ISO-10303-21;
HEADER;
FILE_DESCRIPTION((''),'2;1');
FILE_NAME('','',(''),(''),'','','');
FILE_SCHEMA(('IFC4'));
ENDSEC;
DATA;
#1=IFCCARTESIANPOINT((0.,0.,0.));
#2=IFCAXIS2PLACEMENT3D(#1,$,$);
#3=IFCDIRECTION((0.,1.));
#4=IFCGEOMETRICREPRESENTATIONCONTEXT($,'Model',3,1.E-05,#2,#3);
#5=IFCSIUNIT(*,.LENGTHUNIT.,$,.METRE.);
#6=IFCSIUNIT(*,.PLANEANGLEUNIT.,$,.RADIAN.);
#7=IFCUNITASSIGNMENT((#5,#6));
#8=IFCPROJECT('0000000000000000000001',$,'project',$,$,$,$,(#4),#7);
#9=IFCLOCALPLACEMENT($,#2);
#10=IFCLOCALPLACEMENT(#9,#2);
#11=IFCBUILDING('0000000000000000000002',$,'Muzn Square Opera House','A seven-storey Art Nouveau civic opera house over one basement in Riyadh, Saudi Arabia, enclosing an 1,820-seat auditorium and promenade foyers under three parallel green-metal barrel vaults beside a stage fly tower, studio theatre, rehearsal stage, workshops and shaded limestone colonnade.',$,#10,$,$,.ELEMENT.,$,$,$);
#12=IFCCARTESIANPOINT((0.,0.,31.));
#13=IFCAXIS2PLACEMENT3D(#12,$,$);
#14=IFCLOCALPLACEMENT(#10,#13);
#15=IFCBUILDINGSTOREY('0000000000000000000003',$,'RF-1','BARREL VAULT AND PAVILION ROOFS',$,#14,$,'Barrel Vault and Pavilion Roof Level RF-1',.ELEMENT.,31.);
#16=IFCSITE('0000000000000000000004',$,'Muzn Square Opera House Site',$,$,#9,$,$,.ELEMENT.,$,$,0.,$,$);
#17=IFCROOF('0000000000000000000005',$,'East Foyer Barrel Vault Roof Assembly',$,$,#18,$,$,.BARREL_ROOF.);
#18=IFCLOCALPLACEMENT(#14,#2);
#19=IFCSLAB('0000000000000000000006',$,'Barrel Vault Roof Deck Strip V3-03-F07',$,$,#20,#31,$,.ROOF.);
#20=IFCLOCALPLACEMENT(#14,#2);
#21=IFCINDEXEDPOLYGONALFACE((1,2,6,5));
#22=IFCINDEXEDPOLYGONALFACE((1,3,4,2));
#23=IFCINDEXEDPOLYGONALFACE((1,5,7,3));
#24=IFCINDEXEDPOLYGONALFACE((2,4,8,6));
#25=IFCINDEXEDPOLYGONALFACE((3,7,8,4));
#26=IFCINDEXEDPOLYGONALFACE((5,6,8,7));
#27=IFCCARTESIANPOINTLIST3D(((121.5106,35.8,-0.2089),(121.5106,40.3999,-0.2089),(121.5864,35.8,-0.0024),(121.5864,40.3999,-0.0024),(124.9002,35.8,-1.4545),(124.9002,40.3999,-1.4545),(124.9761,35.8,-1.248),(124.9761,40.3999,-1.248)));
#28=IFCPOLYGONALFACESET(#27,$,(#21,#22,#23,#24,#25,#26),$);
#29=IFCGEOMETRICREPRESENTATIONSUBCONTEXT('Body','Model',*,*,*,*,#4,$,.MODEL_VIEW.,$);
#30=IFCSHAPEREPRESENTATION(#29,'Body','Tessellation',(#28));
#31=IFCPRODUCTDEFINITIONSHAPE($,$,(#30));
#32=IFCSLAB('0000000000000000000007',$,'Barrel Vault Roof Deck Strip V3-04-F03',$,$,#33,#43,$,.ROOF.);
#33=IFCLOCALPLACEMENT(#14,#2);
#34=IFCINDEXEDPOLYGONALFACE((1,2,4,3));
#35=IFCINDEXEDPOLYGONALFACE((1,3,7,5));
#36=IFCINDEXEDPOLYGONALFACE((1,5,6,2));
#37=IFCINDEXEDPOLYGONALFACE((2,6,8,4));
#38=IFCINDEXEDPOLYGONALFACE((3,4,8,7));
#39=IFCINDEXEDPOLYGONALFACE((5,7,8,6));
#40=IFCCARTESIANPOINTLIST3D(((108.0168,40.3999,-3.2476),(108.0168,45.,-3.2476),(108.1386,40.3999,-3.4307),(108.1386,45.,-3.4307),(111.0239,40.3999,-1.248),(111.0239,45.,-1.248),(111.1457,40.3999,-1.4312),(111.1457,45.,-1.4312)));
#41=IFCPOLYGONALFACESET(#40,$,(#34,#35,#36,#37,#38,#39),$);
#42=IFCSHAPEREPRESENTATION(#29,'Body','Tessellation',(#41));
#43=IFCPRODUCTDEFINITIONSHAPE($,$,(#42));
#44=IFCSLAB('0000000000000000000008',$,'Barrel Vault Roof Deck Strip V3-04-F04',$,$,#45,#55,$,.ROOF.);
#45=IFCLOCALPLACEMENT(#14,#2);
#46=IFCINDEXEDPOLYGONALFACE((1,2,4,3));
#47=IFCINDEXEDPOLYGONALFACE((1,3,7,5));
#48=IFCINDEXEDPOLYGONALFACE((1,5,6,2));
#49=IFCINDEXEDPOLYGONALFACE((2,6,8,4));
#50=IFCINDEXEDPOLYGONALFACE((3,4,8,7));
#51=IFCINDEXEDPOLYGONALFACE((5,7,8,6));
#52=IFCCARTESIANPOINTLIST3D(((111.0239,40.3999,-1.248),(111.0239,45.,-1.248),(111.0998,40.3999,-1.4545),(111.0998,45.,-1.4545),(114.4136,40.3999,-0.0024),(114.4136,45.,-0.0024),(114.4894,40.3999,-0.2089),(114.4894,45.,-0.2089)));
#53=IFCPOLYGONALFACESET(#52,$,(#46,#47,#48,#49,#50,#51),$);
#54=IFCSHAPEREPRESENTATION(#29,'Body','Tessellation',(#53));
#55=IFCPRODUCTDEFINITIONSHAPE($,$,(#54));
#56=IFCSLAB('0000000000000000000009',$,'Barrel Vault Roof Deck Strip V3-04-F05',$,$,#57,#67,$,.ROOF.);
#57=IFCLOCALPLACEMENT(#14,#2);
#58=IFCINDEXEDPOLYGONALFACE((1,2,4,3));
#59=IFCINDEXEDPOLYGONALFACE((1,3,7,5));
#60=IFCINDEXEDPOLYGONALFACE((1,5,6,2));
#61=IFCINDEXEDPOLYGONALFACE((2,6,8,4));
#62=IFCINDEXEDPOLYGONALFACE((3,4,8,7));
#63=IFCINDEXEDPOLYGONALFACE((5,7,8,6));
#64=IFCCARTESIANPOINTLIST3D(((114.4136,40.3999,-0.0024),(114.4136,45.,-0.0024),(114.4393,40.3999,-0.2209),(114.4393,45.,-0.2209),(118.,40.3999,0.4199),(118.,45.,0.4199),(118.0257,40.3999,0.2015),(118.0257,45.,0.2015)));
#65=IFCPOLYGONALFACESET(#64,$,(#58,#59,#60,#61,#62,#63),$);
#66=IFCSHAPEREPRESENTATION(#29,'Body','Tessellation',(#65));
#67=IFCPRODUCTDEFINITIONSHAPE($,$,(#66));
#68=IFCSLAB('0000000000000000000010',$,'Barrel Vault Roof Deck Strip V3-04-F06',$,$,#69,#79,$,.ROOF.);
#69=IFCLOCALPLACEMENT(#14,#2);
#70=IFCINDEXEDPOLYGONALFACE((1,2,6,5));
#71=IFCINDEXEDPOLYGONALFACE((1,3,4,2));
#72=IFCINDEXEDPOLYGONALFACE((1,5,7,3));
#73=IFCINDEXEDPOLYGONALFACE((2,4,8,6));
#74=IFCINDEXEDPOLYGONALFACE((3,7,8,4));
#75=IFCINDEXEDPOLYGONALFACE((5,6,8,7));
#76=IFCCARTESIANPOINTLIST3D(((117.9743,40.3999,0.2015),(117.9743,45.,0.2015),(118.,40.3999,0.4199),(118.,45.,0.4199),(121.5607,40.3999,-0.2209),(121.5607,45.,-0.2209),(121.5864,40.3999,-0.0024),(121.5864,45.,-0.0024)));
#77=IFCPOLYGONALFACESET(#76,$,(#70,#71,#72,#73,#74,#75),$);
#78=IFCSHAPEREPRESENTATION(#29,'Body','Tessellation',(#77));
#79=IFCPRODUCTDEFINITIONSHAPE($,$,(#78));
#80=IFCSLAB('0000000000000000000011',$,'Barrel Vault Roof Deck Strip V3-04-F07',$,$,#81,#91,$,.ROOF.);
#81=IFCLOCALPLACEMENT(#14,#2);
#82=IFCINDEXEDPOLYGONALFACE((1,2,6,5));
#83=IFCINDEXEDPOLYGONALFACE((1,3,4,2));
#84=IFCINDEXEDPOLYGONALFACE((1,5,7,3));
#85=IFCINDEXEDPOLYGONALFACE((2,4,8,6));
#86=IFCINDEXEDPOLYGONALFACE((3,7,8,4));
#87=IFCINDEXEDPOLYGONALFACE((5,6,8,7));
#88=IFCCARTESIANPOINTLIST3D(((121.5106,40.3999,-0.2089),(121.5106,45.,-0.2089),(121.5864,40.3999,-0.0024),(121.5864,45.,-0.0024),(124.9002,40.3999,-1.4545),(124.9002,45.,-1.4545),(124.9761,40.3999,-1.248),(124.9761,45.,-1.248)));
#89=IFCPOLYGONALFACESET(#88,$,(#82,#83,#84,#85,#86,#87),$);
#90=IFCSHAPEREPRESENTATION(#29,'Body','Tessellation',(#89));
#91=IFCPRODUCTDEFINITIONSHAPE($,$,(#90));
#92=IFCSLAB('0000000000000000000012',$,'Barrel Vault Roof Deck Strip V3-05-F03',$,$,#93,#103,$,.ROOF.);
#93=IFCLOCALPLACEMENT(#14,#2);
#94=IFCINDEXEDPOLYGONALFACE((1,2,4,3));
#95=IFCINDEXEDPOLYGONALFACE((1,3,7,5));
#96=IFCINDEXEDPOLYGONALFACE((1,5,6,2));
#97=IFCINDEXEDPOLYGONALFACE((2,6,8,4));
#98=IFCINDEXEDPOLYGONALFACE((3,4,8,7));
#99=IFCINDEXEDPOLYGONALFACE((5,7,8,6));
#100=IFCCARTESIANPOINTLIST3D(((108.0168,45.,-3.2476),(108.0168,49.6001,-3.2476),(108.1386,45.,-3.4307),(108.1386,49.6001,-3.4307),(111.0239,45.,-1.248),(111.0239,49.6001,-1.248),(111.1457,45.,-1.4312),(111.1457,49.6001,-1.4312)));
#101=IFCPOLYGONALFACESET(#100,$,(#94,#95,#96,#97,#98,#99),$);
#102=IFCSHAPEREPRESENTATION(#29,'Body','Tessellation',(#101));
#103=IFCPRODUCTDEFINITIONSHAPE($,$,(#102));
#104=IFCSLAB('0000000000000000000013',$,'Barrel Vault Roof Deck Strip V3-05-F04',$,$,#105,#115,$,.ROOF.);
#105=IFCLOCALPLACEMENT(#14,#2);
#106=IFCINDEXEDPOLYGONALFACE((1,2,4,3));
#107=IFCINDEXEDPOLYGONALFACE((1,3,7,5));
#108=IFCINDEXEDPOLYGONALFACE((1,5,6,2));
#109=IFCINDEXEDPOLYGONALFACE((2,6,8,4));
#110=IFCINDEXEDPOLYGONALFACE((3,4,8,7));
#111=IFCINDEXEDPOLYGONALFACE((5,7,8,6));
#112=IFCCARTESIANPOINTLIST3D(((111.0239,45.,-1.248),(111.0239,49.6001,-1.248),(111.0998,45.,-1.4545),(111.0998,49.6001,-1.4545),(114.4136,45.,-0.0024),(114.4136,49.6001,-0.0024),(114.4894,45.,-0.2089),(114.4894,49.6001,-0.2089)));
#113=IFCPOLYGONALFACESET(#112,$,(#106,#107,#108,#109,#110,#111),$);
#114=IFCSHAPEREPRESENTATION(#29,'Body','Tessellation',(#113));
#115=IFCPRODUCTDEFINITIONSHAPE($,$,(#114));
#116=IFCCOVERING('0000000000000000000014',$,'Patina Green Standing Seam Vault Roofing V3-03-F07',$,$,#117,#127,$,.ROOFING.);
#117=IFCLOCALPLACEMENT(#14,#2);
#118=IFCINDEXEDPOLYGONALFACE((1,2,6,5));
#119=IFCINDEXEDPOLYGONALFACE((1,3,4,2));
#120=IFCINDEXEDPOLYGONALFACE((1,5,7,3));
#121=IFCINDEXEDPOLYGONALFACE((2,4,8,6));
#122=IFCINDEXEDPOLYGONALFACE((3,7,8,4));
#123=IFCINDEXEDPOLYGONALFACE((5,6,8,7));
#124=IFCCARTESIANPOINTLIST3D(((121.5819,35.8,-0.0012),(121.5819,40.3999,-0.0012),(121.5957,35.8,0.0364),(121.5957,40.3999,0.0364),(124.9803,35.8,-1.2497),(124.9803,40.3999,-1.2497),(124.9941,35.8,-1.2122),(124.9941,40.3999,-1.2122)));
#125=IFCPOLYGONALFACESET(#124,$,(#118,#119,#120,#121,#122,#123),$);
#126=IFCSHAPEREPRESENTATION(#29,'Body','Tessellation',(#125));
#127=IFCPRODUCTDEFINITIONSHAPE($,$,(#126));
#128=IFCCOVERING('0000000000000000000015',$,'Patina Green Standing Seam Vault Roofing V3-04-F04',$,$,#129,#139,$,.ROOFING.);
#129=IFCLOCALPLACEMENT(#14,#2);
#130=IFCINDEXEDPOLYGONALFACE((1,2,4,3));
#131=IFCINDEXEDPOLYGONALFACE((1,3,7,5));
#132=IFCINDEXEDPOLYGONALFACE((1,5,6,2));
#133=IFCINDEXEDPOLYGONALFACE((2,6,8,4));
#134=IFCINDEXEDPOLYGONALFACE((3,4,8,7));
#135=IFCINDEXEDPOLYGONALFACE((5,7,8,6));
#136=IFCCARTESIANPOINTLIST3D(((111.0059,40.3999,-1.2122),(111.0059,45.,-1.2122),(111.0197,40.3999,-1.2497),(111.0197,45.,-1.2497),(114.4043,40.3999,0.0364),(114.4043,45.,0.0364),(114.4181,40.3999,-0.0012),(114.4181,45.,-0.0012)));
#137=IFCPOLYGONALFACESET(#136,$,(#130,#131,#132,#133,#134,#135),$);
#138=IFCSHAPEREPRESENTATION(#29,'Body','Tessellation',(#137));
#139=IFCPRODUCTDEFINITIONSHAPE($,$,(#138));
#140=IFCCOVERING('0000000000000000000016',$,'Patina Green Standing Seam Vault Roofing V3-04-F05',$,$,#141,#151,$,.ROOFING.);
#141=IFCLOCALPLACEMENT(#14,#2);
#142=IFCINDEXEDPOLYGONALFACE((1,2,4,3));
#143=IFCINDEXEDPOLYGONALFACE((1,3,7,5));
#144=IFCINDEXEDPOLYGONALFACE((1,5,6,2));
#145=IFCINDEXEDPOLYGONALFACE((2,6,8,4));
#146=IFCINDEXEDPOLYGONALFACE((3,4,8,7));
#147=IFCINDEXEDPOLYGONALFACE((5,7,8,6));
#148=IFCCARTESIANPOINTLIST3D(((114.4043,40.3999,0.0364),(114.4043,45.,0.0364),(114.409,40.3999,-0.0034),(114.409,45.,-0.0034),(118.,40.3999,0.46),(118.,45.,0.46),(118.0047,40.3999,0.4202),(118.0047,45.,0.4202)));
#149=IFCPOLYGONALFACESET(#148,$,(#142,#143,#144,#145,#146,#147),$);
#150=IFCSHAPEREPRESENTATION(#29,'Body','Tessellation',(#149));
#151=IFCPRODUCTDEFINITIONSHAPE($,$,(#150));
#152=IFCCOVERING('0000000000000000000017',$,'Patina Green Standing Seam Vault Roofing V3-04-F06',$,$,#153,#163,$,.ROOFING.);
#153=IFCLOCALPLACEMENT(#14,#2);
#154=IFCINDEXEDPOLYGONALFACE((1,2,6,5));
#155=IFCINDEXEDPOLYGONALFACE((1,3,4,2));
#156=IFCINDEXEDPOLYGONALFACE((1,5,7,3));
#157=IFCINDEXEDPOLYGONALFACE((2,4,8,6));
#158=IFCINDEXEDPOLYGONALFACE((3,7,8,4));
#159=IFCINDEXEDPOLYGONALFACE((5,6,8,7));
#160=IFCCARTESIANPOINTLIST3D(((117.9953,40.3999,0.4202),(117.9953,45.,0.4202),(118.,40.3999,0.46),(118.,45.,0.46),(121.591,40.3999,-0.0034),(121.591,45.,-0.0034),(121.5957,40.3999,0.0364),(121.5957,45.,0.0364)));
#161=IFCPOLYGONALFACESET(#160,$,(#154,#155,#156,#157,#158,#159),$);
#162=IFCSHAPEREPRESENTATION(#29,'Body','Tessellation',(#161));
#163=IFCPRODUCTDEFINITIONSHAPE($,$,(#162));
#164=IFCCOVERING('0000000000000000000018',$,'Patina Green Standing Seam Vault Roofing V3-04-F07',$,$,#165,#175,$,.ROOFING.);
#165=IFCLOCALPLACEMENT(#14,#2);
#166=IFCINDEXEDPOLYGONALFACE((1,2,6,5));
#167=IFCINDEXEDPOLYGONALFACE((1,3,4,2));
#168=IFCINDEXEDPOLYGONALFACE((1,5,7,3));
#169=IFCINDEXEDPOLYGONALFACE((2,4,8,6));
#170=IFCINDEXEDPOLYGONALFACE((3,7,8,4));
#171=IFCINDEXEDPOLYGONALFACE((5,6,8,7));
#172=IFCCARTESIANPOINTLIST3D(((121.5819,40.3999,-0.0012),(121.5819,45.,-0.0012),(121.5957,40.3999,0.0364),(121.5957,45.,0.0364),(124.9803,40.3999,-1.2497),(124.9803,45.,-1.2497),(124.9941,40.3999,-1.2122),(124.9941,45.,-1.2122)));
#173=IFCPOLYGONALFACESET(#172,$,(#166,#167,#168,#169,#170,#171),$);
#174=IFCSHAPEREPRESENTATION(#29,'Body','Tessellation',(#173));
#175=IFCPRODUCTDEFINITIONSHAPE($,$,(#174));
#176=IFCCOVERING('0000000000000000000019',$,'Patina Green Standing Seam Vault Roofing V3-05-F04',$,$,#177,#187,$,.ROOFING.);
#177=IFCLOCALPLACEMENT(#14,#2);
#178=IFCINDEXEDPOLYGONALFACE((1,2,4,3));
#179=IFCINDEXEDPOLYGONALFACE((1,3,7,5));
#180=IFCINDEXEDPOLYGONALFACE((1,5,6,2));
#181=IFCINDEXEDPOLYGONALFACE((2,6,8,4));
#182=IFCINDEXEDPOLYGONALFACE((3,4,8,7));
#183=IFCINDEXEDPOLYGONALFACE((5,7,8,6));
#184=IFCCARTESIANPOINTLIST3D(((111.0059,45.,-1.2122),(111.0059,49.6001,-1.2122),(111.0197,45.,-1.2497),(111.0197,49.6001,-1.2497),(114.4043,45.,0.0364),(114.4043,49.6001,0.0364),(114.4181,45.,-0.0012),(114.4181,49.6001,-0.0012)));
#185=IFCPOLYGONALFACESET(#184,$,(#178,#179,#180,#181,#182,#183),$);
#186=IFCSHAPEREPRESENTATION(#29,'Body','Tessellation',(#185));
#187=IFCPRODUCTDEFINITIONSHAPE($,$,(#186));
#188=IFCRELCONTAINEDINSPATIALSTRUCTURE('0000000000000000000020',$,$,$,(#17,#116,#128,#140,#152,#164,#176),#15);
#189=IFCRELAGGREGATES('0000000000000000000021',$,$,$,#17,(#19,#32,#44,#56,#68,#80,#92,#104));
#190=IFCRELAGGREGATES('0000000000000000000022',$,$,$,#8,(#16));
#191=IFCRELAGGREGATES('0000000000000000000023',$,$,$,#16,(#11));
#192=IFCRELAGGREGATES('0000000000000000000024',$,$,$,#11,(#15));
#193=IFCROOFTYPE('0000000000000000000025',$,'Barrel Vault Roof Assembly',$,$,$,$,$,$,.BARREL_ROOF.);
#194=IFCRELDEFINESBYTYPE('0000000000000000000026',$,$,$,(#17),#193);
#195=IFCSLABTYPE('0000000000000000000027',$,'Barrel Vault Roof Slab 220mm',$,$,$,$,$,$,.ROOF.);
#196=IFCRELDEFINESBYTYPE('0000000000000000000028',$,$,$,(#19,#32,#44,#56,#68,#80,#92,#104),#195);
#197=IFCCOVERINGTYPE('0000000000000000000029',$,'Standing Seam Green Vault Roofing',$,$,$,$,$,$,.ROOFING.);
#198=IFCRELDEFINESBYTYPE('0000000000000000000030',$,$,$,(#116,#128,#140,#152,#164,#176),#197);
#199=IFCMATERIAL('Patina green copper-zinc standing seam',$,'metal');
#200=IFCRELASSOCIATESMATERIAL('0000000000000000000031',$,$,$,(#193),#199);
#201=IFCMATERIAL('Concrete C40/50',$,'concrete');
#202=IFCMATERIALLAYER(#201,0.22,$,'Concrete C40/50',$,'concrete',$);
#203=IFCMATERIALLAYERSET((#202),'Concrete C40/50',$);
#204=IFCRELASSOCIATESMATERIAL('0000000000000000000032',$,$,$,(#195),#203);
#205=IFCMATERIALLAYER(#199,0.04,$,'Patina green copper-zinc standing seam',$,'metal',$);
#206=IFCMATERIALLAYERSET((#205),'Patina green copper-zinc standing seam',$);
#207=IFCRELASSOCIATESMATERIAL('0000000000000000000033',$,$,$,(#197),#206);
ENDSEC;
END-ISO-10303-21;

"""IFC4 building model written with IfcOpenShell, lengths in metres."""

from ifc_helpers import new_model, si_unit, direction, frame, origin, place, context, subcontext, project, spatial, polyline, outline, extrude, material, layer, layer_set, type_object, element, aggregate, save


model = new_model("IFC4")

# Units and contexts
model_context = context("Model", 3, precision=1e-05, world=origin(), true_north=direction((0.0, 1.0)))
body_context = subcontext(model_context, "Body", "Model", "MODEL_VIEW")
ifc_project = project(units=[si_unit("LENGTHUNIT", "METRE"), si_unit("PLANEANGLEUNIT", "RADIAN")], contexts=[model_context])

# Site, building, storey
site_placement = place(None, origin())
site = spatial("IfcSite", under=ifc_project, at=site_placement, Name="Muzn Square Opera House Site", CompositionType="ELEMENT", RefElevation=0.0)
building_placement = place(site_placement, origin())
building = spatial("IfcBuilding", under=site, at=building_placement, Name="Muzn Square Opera House", Description="A seven-storey Art Nouveau civic opera house over one basement in Riyadh, Saudi Arabia, enclosing an 1,820-seat auditorium and promenade foyers under three parallel green-metal barrel vaults beside a stage fly tower, studio theatre, rehearsal stage, workshops and shaded limestone colonnade.", CompositionType="ELEMENT")
storey_placement = place(building_placement, frame((0.0, 0.0, 31.0)))
storey = spatial("IfcBuildingStorey", under=building, at=storey_placement, Name="RF-1", Description="BARREL VAULT AND PAVILION ROOFS", LongName="Barrel Vault and Pavilion Roof Level RF-1", CompositionType="ELEMENT", Elevation=31.0)

# Roof, slabs
ifc_material_1 = material(Name="Patina green copper-zinc standing seam", Category="metal")
roof_type = type_object("IfcRoofType", Name="Barrel Vault Roof Assembly", PredefinedType="BARREL_ROOF", material=ifc_material_1)
roof_placement = place(storey_placement, origin())
roof = element("IfcRoof", 1, at=roof_placement, inside=storey, type_object=roof_type, Name="East Foyer Barrel Vault Roof Assembly", PredefinedType="BARREL_ROOF")
ifc_material_2 = material(Name="Concrete C40/50", Category="concrete")
ifc_layer_1 = layer(ifc_material_2, 0.22, Name="Concrete C40/50", Category="concrete")
ifc_layer_set_1 = layer_set([ifc_layer_1], Name="Concrete C40/50")
slab_type = type_object("IfcSlabType", Name="Barrel Vault Roof Slab 220mm", PredefinedType="ROOF", material=ifc_layer_set_1)
slab_1_placement = place(storey_placement, frame((121.5864, 35.8, -0.0024), z_axis=(0.344922, 0.0, 0.938631), x_axis=(0.938631, 0.0, -0.344922)))
slab_1 = element("IfcSlab", 2, at=slab_1_placement, type_object=slab_type, Name="Barrel Vault Roof Deck Strip V3-03-F07", PredefinedType="ROOF", context=body_context, shape_type="SweptSolid", body=[
    extrude(outline(polyline([(0.0, 0.0), (3.6113, 0.0), (3.6113, 4.5999), (0.0, 4.5999), (0.0, 0.0)])), origin(), (0.0, 0.0, -1.0), 0.22),
])
slab_2_placement = place(storey_placement, frame((111.0239, 40.3999, -1.248), z_axis=(-0.553701, 0.0, 0.832715), x_axis=(0.0, 1.0, 0.0)))
slab_2 = element("IfcSlab", 3, at=slab_2_placement, type_object=slab_type, Name="Barrel Vault Roof Deck Strip V3-04-F03", PredefinedType="ROOF", context=body_context, shape_type="SweptSolid", body=[
    extrude(outline(polyline([(0.0, 3.6112), (0.0, 0.0), (4.6001, 0.0), (4.6001, 3.6112), (0.0, 3.6112)])), origin(), (0.0, 0.0, -1.0), 0.22),
])
slab_3_placement = place(storey_placement, frame((114.4136, 40.3999, -0.0024), z_axis=(-0.344922, 0.0, 0.938631), x_axis=(0.0, 1.0, 0.0)))
slab_3 = element("IfcSlab", 4, at=slab_3_placement, type_object=slab_type, Name="Barrel Vault Roof Deck Strip V3-04-F04", PredefinedType="ROOF", context=body_context, shape_type="SweptSolid", body=[
    extrude(outline(polyline([(0.0, 3.6113), (0.0, 0.0), (4.6001, 0.0), (4.6001, 3.6113), (0.0, 3.6113)])), origin(), (0.0, 0.0, -1.0), 0.22),
])
slab_4_placement = place(storey_placement, frame((118.0, 40.3999, 0.4199), z_axis=(-0.116959, 0.0, 0.993137), x_axis=(0.0, 1.0, 0.0)))
slab_4 = element("IfcSlab", 5, at=slab_4_placement, type_object=slab_type, Name="Barrel Vault Roof Deck Strip V3-04-F05", PredefinedType="ROOF", context=body_context, shape_type="SweptSolid", body=[
    extrude(outline(polyline([(0.0, 3.6112), (0.0, 0.0), (4.6001, 0.0), (4.6001, 3.6112), (0.0, 3.6112)])), origin(), (0.0, 0.0, -1.0), 0.22),
])
slab_5_placement = place(storey_placement, frame((118.0, 40.3999, 0.4199), z_axis=(0.116959, 0.0, 0.993137), x_axis=(0.993137, 0.0, -0.116959)))
slab_5 = element("IfcSlab", 6, at=slab_5_placement, type_object=slab_type, Name="Barrel Vault Roof Deck Strip V3-04-F06", PredefinedType="ROOF", context=body_context, shape_type="SweptSolid", body=[
    extrude(outline(polyline([(0.0, 0.0), (3.6112, 0.0), (3.6112, 4.6001), (0.0, 4.6001), (0.0, 0.0)])), origin(), (0.0, 0.0, -1.0), 0.22),
])
slab_6_placement = place(storey_placement, frame((121.5864, 40.3999, -0.0024), z_axis=(0.344922, 0.0, 0.938631), x_axis=(0.938631, 0.0, -0.344922)))
slab_6 = element("IfcSlab", 7, at=slab_6_placement, type_object=slab_type, Name="Barrel Vault Roof Deck Strip V3-04-F07", PredefinedType="ROOF", context=body_context, shape_type="SweptSolid", body=[
    extrude(outline(polyline([(0.0, 0.0), (3.6113, 0.0), (3.6113, 4.6001), (0.0, 4.6001), (0.0, 0.0)])), origin(), (0.0, 0.0, -1.0), 0.22),
])
slab_7_placement = place(storey_placement, frame((111.0239, 45.0, -1.248), z_axis=(-0.553701, 0.0, 0.832715), x_axis=(0.0, 1.0, 0.0)))
slab_7 = element("IfcSlab", 8, at=slab_7_placement, type_object=slab_type, Name="Barrel Vault Roof Deck Strip V3-05-F03", PredefinedType="ROOF", context=body_context, shape_type="SweptSolid", body=[
    extrude(outline(polyline([(0.0, 3.6112), (0.0, 0.0), (4.6001, 0.0), (4.6001, 3.6112), (0.0, 3.6112)])), origin(), (0.0, 0.0, -1.0), 0.22),
])
slab_8_placement = place(storey_placement, frame((114.4136, 45.0, -0.0024), z_axis=(-0.344922, 0.0, 0.938631), x_axis=(0.0, 1.0, 0.0)))
slab_8 = element("IfcSlab", 9, at=slab_8_placement, type_object=slab_type, Name="Barrel Vault Roof Deck Strip V3-05-F04", PredefinedType="ROOF", context=body_context, shape_type="SweptSolid", body=[
    extrude(outline(polyline([(0.0, 3.6113), (0.0, 0.0), (4.6001, 0.0), (4.6001, 3.6113), (0.0, 3.6113)])), origin(), (0.0, 0.0, -1.0), 0.22),
])
aggregate(roof, [slab_1, slab_2, slab_3, slab_4, slab_5, slab_6, slab_7, slab_8])

# Coverings
ifc_layer_2 = layer(ifc_material_1, 0.04, Name="Patina green copper-zinc standing seam", Category="metal")
ifc_layer_set_2 = layer_set([ifc_layer_2], Name="Patina green copper-zinc standing seam")
covering_type = type_object("IfcCoveringType", Name="Standing Seam Green Vault Roofing", PredefinedType="ROOFING", material=ifc_layer_set_2)
covering_1_placement = place(storey_placement, frame((121.5957, 35.8, 0.0364), z_axis=(0.344849, 0.0, 0.938658), x_axis=(0.938658, 0.0, -0.344849)))
element("IfcCovering", 10, at=covering_1_placement, inside=storey, type_object=covering_type, Name="Patina Green Standing Seam Vault Roofing V3-03-F07", PredefinedType="ROOFING", context=body_context, shape_type="SweptSolid", body=[
    extrude(outline(polyline([(0.0, 0.0), (3.6205, 0.0), (3.6205, 4.5999), (0.0, 4.5999), (0.0, 0.0)])), origin(), (0.0, 0.0, -1.0), 0.04),
])
covering_2_placement = place(storey_placement, frame((114.4043, 40.3999, 0.0364), z_axis=(-0.344849, 0.0, 0.938658), x_axis=(0.0, 1.0, 0.0)))
element("IfcCovering", 11, at=covering_2_placement, inside=storey, type_object=covering_type, Name="Patina Green Standing Seam Vault Roofing V3-04-F04", PredefinedType="ROOFING", context=body_context, shape_type="SweptSolid", body=[
    extrude(outline(polyline([(0.0, 3.6205), (0.0, 0.0), (4.6001, 0.0), (4.6001, 3.6205), (0.0, 3.6205)])), origin(), (0.0, 0.0, -1.0), 0.04),
])
covering_3_placement = place(storey_placement, frame((118.0, 40.3999, 0.46), z_axis=(-0.116994, 0.0, 0.993133), x_axis=(0.0, 1.0, 0.0)))
element("IfcCovering", 12, at=covering_3_placement, inside=storey, type_object=covering_type, Name="Patina Green Standing Seam Vault Roofing V3-04-F05", PredefinedType="ROOFING", context=body_context, shape_type="SweptSolid", body=[
    extrude(outline(polyline([(0.0, 3.6206), (0.0, 0.0), (4.6001, 0.0), (4.6001, 3.6206), (0.0, 3.6206)])), origin(), (0.0, 0.0, -1.0), 0.04),
])
covering_4_placement = place(storey_placement, frame((118.0, 40.3999, 0.46), z_axis=(0.116994, 0.0, 0.993133), x_axis=(0.993133, 0.0, -0.116994)))
element("IfcCovering", 13, at=covering_4_placement, inside=storey, type_object=covering_type, Name="Patina Green Standing Seam Vault Roofing V3-04-F06", PredefinedType="ROOFING", context=body_context, shape_type="SweptSolid", body=[
    extrude(outline(polyline([(0.0, 0.0), (3.6206, 0.0), (3.6206, 4.6001), (0.0, 4.6001), (0.0, 0.0)])), origin(), (0.0, 0.0, -1.0), 0.04),
])
covering_5_placement = place(storey_placement, frame((121.5957, 40.3999, 0.0364), z_axis=(0.344849, 0.0, 0.938658), x_axis=(0.938658, 0.0, -0.344849)))
element("IfcCovering", 14, at=covering_5_placement, inside=storey, type_object=covering_type, Name="Patina Green Standing Seam Vault Roofing V3-04-F07", PredefinedType="ROOFING", context=body_context, shape_type="SweptSolid", body=[
    extrude(outline(polyline([(0.0, 0.0), (3.6205, 0.0), (3.6205, 4.6001), (0.0, 4.6001), (0.0, 0.0)])), origin(), (0.0, 0.0, -1.0), 0.04),
])
covering_6_placement = place(storey_placement, frame((114.4043, 45.0, 0.0364), z_axis=(-0.344849, 0.0, 0.938658), x_axis=(0.0, 1.0, 0.0)))
element("IfcCovering", 15, at=covering_6_placement, inside=storey, type_object=covering_type, Name="Patina Green Standing Seam Vault Roofing V3-05-F04", PredefinedType="ROOFING", context=body_context, shape_type="SweptSolid", body=[
    extrude(outline(polyline([(0.0, 3.6205), (0.0, 0.0), (4.6001, 0.0), (4.6001, 3.6205), (0.0, 3.6205)])), origin(), (0.0, 0.0, -1.0), 0.04),
])

save(model, "model.ifc")
